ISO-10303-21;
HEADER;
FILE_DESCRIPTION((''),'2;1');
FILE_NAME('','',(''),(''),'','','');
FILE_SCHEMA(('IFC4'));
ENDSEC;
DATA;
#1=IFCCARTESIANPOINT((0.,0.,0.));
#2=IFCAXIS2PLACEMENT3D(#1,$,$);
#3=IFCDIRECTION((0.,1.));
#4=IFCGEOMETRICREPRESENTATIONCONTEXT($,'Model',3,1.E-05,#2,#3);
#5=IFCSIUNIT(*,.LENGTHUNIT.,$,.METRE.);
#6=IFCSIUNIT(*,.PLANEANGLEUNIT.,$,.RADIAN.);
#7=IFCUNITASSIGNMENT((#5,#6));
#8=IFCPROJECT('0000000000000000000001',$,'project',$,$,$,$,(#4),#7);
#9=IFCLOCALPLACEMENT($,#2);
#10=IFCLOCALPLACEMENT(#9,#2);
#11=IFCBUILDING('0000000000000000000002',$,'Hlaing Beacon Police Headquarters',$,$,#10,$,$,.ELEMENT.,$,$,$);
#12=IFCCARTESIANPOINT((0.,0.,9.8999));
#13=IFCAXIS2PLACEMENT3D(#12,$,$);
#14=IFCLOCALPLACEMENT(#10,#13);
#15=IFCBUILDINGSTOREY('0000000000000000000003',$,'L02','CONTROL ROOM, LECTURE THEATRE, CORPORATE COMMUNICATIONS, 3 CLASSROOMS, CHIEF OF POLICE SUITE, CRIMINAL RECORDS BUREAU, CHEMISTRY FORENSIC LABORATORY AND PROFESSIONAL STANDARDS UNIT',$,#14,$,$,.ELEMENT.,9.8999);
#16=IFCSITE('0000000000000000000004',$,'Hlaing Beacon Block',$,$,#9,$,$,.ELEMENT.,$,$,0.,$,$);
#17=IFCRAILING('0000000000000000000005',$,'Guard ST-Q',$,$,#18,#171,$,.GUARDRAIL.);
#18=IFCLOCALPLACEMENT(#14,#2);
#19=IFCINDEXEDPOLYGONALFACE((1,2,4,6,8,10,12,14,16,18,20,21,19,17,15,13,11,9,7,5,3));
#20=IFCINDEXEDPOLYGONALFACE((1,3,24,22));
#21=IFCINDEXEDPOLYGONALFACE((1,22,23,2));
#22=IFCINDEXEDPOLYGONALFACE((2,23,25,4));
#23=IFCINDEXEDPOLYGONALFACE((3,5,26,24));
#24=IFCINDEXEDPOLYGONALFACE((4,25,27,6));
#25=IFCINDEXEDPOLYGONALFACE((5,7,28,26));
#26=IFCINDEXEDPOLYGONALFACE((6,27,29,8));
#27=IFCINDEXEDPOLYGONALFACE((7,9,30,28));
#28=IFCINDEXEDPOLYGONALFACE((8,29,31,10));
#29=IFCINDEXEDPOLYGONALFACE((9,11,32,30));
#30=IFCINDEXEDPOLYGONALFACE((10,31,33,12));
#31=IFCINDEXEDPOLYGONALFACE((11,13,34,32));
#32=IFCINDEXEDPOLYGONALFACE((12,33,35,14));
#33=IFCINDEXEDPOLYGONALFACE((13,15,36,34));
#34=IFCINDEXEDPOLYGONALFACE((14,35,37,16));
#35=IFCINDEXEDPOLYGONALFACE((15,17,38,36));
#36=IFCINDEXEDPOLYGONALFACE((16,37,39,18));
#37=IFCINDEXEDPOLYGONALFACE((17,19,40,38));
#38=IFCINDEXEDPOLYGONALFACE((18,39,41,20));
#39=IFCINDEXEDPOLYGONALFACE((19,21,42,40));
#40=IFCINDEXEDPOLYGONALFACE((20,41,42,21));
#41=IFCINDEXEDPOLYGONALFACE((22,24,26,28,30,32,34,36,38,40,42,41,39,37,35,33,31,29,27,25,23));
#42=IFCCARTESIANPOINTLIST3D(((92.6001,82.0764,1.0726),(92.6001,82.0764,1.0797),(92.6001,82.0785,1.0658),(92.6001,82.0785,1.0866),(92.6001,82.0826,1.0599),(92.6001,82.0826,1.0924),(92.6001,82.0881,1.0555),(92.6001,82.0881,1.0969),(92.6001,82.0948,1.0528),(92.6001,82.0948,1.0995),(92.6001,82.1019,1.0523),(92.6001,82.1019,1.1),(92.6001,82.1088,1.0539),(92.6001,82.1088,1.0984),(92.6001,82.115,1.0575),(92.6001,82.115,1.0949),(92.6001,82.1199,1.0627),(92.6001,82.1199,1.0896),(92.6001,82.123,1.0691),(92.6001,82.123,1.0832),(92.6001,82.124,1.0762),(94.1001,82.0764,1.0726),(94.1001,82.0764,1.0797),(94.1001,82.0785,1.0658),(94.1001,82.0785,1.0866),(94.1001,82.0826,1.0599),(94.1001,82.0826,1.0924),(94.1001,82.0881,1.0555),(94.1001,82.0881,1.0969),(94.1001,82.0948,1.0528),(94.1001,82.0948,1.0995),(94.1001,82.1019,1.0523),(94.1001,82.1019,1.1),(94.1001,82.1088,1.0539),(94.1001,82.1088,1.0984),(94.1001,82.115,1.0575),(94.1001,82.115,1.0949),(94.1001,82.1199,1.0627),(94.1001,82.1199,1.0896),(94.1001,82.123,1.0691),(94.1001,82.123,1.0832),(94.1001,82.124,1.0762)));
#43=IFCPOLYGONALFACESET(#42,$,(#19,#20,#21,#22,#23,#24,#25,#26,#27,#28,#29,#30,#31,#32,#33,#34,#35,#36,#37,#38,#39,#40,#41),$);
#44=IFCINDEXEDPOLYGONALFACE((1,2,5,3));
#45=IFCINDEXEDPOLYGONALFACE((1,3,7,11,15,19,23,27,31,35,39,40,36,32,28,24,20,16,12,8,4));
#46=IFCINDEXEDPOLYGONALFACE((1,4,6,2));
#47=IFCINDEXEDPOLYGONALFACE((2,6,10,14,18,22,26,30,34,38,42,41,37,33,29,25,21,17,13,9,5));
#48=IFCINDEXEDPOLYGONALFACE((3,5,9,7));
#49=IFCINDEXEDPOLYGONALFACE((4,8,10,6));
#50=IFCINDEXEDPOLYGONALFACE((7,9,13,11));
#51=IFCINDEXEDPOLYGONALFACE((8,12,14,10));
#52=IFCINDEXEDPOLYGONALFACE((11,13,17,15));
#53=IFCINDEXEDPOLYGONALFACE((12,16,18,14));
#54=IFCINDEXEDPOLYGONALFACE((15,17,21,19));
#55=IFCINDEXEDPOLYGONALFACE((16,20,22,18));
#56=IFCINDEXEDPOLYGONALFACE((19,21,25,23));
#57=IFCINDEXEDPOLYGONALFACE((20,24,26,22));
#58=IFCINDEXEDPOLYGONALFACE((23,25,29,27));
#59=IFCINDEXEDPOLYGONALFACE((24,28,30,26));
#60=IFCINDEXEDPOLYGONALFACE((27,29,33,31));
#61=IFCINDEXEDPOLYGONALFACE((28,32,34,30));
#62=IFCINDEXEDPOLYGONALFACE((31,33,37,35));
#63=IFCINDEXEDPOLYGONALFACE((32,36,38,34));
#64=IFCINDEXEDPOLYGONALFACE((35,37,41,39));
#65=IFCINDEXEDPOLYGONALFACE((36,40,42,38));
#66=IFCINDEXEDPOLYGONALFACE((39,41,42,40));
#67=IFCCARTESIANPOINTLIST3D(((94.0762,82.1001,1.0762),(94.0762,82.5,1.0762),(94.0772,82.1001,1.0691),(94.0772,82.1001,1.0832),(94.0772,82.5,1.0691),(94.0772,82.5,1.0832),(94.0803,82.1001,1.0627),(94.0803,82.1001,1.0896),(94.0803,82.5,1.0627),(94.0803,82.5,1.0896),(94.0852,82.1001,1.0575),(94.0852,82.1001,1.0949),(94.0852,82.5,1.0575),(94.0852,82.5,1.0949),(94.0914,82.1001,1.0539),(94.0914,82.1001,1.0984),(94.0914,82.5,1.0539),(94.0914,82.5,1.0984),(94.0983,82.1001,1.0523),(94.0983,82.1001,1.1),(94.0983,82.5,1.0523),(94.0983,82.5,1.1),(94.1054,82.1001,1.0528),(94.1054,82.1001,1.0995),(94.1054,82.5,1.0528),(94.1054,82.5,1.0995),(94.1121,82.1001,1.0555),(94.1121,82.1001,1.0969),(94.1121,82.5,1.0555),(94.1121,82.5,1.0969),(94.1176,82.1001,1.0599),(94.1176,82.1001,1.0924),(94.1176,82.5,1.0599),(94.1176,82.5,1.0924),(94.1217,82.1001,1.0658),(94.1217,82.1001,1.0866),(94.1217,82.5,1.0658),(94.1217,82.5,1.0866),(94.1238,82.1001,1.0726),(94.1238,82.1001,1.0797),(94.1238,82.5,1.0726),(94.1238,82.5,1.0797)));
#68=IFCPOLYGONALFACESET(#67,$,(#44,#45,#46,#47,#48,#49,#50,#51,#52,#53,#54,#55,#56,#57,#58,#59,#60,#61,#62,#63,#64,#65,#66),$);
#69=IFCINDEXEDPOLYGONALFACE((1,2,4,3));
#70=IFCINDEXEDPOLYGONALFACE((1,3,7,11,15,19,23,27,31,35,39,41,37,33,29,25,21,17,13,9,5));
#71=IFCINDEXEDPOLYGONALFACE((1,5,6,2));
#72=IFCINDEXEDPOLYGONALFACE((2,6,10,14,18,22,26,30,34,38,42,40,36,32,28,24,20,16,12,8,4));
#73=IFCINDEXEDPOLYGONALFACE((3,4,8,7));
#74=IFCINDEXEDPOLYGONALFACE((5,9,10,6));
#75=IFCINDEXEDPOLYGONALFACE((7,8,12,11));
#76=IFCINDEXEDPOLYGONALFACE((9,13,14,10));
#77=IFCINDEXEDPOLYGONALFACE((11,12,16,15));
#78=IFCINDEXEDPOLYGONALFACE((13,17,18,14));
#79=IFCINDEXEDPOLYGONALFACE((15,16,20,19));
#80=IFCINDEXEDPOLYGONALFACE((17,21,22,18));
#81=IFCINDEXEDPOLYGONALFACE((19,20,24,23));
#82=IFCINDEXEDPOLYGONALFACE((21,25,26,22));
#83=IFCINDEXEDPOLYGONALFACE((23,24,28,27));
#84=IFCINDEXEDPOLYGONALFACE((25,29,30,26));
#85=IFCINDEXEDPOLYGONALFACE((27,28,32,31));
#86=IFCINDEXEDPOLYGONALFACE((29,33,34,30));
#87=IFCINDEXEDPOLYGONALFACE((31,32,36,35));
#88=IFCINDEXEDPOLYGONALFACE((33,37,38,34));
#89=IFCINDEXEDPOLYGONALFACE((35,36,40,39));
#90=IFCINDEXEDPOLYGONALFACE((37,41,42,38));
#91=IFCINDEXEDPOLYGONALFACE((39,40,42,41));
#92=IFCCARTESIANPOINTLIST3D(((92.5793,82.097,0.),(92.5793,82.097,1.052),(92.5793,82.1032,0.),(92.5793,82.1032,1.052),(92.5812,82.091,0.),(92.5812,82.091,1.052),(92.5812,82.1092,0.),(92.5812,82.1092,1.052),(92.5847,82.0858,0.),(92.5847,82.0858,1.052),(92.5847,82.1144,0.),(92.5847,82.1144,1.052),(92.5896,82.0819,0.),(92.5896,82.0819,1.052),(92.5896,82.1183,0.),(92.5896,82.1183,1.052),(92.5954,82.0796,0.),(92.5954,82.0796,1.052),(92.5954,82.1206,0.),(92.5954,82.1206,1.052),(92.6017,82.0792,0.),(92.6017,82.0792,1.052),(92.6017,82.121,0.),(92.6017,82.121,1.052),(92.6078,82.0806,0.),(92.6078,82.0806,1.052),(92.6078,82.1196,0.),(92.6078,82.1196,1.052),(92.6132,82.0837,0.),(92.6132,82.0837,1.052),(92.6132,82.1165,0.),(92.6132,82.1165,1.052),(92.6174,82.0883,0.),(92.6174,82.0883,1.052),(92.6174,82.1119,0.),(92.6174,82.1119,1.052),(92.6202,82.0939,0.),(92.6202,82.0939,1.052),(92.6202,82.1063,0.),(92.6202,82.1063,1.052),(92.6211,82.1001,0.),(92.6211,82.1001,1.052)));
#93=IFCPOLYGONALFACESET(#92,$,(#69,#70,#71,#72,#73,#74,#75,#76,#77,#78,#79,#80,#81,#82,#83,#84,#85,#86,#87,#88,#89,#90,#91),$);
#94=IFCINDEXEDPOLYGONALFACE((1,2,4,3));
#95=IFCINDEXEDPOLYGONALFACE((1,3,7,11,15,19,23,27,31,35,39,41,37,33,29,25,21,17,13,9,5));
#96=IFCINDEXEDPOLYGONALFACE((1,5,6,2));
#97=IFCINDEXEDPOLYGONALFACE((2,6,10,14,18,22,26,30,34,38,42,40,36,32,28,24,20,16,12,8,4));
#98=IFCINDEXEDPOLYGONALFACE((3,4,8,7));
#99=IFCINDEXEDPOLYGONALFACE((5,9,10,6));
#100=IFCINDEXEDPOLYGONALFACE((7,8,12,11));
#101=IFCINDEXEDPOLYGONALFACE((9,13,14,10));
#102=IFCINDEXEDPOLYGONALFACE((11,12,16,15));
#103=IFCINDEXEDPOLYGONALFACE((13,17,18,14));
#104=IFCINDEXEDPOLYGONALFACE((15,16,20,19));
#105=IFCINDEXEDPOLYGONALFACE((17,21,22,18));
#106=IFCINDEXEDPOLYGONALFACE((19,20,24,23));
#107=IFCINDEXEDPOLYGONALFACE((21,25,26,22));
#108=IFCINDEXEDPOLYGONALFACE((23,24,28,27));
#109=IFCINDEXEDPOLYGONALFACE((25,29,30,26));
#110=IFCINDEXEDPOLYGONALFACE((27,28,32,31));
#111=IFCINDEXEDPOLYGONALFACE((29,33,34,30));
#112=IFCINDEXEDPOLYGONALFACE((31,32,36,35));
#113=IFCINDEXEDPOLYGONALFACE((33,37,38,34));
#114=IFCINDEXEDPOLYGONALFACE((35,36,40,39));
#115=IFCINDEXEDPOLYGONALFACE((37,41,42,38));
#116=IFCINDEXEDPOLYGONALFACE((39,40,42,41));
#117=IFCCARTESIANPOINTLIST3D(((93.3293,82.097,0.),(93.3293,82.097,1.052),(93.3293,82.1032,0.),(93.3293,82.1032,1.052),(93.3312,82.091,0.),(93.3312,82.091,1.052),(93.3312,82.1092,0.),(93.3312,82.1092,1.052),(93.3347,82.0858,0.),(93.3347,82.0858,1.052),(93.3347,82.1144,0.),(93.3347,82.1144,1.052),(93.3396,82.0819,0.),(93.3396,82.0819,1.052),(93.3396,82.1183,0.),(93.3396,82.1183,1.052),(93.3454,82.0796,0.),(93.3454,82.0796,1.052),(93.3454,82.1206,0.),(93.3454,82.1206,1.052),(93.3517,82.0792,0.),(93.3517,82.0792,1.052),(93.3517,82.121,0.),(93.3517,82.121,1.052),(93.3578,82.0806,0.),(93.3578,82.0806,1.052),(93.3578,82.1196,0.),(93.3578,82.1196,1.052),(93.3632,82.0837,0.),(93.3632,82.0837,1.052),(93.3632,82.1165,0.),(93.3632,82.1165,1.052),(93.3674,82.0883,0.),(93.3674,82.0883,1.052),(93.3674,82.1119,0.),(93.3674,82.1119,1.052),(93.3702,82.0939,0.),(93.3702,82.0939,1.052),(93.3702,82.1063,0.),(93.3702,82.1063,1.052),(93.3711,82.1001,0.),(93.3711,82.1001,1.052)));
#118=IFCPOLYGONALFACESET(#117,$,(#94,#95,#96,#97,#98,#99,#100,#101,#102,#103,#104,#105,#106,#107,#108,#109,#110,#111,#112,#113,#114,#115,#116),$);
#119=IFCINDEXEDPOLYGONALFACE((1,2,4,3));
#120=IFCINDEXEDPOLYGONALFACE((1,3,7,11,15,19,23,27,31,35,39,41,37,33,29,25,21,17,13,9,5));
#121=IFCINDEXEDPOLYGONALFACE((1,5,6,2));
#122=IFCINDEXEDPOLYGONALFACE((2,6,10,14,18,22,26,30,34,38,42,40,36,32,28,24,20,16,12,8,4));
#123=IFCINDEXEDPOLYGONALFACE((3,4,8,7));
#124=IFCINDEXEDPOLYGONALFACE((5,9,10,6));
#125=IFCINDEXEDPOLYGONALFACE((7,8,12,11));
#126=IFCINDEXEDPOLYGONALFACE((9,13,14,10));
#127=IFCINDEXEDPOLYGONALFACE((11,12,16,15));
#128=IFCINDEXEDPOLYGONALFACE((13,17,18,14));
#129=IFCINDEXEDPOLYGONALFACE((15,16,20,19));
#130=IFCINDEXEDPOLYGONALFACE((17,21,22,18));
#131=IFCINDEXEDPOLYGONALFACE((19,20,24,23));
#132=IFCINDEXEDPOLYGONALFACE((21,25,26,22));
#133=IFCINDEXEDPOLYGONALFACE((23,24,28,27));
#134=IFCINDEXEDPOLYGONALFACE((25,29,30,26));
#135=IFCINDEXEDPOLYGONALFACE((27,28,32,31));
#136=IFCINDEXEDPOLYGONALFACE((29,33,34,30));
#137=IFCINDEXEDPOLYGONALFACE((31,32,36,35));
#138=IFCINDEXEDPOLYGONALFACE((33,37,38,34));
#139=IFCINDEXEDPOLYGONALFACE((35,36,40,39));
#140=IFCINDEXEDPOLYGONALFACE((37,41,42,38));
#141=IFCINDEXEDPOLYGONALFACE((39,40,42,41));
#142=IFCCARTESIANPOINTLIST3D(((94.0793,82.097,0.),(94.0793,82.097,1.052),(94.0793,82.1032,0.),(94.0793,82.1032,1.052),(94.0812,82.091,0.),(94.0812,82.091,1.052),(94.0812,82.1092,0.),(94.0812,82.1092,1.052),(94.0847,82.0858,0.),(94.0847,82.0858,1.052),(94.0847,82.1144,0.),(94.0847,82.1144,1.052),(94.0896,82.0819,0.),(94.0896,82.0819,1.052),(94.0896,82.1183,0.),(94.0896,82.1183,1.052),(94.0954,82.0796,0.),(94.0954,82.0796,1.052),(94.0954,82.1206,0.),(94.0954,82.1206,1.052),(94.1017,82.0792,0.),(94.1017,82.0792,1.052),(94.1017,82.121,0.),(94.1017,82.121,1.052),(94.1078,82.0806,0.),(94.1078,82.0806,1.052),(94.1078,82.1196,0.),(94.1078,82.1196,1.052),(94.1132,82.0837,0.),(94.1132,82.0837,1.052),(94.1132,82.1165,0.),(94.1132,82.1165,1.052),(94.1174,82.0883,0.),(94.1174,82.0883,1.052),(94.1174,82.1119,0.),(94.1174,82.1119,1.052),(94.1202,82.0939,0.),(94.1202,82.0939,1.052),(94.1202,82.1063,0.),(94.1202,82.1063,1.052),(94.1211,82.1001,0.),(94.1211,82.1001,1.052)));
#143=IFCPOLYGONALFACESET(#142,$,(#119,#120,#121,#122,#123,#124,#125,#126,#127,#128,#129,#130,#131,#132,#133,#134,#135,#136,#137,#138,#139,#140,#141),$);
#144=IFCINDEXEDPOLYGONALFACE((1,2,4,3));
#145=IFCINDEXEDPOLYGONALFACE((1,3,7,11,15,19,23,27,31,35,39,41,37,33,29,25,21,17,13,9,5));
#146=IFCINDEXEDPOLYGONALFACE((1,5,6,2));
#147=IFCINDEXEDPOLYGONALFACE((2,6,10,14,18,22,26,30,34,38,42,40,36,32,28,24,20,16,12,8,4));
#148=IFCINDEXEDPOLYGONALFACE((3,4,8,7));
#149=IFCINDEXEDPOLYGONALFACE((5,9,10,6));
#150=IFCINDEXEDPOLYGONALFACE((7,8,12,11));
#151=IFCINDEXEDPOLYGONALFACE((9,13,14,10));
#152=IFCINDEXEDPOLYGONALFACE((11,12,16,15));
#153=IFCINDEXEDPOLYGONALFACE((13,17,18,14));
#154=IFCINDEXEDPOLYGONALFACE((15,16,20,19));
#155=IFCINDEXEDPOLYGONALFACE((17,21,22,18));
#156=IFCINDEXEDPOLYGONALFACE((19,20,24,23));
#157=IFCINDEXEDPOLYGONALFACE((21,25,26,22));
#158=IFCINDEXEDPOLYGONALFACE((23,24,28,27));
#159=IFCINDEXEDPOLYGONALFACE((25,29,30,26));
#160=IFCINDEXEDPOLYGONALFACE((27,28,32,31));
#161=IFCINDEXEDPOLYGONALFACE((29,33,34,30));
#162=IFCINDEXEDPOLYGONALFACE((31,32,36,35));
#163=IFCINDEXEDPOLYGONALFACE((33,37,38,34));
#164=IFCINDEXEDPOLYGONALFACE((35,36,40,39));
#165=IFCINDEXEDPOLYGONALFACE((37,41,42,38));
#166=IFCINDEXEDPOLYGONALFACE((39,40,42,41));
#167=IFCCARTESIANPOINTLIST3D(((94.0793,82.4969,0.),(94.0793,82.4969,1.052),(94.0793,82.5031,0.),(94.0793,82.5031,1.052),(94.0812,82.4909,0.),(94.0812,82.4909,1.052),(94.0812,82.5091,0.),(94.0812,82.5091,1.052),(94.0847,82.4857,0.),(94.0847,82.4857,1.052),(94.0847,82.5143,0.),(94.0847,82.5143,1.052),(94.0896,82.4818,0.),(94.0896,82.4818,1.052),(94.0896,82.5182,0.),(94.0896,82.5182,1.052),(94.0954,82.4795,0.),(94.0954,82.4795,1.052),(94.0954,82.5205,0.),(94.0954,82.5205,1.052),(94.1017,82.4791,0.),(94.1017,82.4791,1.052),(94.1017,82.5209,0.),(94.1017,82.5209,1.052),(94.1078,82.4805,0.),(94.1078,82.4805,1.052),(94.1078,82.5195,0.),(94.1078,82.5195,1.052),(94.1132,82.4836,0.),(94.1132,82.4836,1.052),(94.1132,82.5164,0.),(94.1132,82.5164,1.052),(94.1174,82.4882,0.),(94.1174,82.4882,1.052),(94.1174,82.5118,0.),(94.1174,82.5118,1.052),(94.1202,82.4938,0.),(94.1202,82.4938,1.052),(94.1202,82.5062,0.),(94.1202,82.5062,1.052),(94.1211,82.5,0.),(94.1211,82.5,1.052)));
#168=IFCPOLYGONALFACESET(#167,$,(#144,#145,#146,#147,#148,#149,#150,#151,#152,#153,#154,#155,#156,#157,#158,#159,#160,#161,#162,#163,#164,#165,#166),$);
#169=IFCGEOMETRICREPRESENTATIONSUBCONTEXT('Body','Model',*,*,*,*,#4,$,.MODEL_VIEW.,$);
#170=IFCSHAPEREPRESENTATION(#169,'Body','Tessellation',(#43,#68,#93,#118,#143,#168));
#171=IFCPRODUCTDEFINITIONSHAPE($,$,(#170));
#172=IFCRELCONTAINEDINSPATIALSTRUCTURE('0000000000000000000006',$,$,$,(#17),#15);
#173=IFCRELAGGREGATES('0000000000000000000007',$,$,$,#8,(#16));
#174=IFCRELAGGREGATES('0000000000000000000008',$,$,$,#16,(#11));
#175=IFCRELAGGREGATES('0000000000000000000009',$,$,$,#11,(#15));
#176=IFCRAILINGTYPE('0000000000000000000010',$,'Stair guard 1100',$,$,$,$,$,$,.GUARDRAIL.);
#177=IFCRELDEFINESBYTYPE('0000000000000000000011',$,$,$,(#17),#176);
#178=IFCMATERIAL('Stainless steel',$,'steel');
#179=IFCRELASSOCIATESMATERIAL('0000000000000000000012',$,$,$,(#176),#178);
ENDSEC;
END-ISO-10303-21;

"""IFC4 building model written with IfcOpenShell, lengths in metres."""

from ifc_helpers import new_model, si_unit, direction, frame, origin, origin_2d, place, context, subcontext, project, spatial, circle, extrude, material, type_object, element, save


model = new_model("IFC4")

# Units and contexts
model_context = context("Model", 3, precision=1e-05, world=origin(), true_north=direction((0.0, 1.0)))
body_context = subcontext(model_context, "Body", "Model", "MODEL_VIEW")
ifc_project = project(units=[si_unit("LENGTHUNIT", "METRE"), si_unit("PLANEANGLEUNIT", "RADIAN")], contexts=[model_context])

# Site, building, storey
site_placement = place(None, origin())
site = spatial("IfcSite", under=ifc_project, at=site_placement, Name="Hlaing Beacon Block", CompositionType="ELEMENT", RefElevation=0.0)
building_placement = place(site_placement, origin())
building = spatial("IfcBuilding", under=site, at=building_placement, Name="Hlaing Beacon Police Headquarters", CompositionType="ELEMENT")
storey_placement = place(building_placement, frame((0.0, 0.0, 9.8999)))
storey = spatial("IfcBuildingStorey", under=building, at=storey_placement, Name="L02", Description="CONTROL ROOM, LECTURE THEATRE, CORPORATE COMMUNICATIONS, 3 CLASSROOMS, CHIEF OF POLICE SUITE, CRIMINAL RECORDS BUREAU, CHEMISTRY FORENSIC LABORATORY AND PROFESSIONAL STANDARDS UNIT", CompositionType="ELEMENT", Elevation=9.8999)

# Railing
ifc_material_1 = material(Name="Stainless steel", Category="steel")
railing_type_1 = type_object("IfcRailingType", Name="Stair guard 1100", PredefinedType="GUARDRAIL", material=ifc_material_1)
railing_placement = place(storey_placement, frame((92.6001, 82.1001, 0.0)))
element("IfcRailing", 1, at=railing_placement, inside=storey, type_object=railing_type_1, Name="Guard ST-Q", PredefinedType="GUARDRAIL", context=body_context, shape_type="SweptSolid", body=[
    extrude(circle(Radius=0.0239, at=origin_2d()), frame((0.0, 0.0, 1.0762), z_axis=(1.0, 0.0, 0.0), x_axis=(0.0, 1.0, 0.0)), (0.0, 0.0, 1.0), 1.5),
    extrude(circle(Radius=0.0239, at=origin_2d()), frame((1.5, 0.0, 1.0762), z_axis=(0.0, 1.0, 0.0), x_axis=(-1.0, 0.0, 0.0)), (0.0, 0.0, 1.0), 0.3999),
    extrude(circle(Radius=0.021, at=origin_2d()), origin(), (0.0, 0.0, 1.0), 1.052),
    extrude(circle(Radius=0.021, at=origin_2d()), frame((0.75, 0.0, 0.0)), (0.0, 0.0, 1.0), 1.052),
    extrude(circle(Radius=0.021, at=origin_2d()), frame((1.5, 0.0, 0.0)), (0.0, 0.0, 1.0), 1.052),
    extrude(circle(Radius=0.021, at=origin_2d()), frame((1.5, 0.3999, 0.0)), (0.0, 0.0, 1.0), 1.052),
])

save(model, "model.ifc")
